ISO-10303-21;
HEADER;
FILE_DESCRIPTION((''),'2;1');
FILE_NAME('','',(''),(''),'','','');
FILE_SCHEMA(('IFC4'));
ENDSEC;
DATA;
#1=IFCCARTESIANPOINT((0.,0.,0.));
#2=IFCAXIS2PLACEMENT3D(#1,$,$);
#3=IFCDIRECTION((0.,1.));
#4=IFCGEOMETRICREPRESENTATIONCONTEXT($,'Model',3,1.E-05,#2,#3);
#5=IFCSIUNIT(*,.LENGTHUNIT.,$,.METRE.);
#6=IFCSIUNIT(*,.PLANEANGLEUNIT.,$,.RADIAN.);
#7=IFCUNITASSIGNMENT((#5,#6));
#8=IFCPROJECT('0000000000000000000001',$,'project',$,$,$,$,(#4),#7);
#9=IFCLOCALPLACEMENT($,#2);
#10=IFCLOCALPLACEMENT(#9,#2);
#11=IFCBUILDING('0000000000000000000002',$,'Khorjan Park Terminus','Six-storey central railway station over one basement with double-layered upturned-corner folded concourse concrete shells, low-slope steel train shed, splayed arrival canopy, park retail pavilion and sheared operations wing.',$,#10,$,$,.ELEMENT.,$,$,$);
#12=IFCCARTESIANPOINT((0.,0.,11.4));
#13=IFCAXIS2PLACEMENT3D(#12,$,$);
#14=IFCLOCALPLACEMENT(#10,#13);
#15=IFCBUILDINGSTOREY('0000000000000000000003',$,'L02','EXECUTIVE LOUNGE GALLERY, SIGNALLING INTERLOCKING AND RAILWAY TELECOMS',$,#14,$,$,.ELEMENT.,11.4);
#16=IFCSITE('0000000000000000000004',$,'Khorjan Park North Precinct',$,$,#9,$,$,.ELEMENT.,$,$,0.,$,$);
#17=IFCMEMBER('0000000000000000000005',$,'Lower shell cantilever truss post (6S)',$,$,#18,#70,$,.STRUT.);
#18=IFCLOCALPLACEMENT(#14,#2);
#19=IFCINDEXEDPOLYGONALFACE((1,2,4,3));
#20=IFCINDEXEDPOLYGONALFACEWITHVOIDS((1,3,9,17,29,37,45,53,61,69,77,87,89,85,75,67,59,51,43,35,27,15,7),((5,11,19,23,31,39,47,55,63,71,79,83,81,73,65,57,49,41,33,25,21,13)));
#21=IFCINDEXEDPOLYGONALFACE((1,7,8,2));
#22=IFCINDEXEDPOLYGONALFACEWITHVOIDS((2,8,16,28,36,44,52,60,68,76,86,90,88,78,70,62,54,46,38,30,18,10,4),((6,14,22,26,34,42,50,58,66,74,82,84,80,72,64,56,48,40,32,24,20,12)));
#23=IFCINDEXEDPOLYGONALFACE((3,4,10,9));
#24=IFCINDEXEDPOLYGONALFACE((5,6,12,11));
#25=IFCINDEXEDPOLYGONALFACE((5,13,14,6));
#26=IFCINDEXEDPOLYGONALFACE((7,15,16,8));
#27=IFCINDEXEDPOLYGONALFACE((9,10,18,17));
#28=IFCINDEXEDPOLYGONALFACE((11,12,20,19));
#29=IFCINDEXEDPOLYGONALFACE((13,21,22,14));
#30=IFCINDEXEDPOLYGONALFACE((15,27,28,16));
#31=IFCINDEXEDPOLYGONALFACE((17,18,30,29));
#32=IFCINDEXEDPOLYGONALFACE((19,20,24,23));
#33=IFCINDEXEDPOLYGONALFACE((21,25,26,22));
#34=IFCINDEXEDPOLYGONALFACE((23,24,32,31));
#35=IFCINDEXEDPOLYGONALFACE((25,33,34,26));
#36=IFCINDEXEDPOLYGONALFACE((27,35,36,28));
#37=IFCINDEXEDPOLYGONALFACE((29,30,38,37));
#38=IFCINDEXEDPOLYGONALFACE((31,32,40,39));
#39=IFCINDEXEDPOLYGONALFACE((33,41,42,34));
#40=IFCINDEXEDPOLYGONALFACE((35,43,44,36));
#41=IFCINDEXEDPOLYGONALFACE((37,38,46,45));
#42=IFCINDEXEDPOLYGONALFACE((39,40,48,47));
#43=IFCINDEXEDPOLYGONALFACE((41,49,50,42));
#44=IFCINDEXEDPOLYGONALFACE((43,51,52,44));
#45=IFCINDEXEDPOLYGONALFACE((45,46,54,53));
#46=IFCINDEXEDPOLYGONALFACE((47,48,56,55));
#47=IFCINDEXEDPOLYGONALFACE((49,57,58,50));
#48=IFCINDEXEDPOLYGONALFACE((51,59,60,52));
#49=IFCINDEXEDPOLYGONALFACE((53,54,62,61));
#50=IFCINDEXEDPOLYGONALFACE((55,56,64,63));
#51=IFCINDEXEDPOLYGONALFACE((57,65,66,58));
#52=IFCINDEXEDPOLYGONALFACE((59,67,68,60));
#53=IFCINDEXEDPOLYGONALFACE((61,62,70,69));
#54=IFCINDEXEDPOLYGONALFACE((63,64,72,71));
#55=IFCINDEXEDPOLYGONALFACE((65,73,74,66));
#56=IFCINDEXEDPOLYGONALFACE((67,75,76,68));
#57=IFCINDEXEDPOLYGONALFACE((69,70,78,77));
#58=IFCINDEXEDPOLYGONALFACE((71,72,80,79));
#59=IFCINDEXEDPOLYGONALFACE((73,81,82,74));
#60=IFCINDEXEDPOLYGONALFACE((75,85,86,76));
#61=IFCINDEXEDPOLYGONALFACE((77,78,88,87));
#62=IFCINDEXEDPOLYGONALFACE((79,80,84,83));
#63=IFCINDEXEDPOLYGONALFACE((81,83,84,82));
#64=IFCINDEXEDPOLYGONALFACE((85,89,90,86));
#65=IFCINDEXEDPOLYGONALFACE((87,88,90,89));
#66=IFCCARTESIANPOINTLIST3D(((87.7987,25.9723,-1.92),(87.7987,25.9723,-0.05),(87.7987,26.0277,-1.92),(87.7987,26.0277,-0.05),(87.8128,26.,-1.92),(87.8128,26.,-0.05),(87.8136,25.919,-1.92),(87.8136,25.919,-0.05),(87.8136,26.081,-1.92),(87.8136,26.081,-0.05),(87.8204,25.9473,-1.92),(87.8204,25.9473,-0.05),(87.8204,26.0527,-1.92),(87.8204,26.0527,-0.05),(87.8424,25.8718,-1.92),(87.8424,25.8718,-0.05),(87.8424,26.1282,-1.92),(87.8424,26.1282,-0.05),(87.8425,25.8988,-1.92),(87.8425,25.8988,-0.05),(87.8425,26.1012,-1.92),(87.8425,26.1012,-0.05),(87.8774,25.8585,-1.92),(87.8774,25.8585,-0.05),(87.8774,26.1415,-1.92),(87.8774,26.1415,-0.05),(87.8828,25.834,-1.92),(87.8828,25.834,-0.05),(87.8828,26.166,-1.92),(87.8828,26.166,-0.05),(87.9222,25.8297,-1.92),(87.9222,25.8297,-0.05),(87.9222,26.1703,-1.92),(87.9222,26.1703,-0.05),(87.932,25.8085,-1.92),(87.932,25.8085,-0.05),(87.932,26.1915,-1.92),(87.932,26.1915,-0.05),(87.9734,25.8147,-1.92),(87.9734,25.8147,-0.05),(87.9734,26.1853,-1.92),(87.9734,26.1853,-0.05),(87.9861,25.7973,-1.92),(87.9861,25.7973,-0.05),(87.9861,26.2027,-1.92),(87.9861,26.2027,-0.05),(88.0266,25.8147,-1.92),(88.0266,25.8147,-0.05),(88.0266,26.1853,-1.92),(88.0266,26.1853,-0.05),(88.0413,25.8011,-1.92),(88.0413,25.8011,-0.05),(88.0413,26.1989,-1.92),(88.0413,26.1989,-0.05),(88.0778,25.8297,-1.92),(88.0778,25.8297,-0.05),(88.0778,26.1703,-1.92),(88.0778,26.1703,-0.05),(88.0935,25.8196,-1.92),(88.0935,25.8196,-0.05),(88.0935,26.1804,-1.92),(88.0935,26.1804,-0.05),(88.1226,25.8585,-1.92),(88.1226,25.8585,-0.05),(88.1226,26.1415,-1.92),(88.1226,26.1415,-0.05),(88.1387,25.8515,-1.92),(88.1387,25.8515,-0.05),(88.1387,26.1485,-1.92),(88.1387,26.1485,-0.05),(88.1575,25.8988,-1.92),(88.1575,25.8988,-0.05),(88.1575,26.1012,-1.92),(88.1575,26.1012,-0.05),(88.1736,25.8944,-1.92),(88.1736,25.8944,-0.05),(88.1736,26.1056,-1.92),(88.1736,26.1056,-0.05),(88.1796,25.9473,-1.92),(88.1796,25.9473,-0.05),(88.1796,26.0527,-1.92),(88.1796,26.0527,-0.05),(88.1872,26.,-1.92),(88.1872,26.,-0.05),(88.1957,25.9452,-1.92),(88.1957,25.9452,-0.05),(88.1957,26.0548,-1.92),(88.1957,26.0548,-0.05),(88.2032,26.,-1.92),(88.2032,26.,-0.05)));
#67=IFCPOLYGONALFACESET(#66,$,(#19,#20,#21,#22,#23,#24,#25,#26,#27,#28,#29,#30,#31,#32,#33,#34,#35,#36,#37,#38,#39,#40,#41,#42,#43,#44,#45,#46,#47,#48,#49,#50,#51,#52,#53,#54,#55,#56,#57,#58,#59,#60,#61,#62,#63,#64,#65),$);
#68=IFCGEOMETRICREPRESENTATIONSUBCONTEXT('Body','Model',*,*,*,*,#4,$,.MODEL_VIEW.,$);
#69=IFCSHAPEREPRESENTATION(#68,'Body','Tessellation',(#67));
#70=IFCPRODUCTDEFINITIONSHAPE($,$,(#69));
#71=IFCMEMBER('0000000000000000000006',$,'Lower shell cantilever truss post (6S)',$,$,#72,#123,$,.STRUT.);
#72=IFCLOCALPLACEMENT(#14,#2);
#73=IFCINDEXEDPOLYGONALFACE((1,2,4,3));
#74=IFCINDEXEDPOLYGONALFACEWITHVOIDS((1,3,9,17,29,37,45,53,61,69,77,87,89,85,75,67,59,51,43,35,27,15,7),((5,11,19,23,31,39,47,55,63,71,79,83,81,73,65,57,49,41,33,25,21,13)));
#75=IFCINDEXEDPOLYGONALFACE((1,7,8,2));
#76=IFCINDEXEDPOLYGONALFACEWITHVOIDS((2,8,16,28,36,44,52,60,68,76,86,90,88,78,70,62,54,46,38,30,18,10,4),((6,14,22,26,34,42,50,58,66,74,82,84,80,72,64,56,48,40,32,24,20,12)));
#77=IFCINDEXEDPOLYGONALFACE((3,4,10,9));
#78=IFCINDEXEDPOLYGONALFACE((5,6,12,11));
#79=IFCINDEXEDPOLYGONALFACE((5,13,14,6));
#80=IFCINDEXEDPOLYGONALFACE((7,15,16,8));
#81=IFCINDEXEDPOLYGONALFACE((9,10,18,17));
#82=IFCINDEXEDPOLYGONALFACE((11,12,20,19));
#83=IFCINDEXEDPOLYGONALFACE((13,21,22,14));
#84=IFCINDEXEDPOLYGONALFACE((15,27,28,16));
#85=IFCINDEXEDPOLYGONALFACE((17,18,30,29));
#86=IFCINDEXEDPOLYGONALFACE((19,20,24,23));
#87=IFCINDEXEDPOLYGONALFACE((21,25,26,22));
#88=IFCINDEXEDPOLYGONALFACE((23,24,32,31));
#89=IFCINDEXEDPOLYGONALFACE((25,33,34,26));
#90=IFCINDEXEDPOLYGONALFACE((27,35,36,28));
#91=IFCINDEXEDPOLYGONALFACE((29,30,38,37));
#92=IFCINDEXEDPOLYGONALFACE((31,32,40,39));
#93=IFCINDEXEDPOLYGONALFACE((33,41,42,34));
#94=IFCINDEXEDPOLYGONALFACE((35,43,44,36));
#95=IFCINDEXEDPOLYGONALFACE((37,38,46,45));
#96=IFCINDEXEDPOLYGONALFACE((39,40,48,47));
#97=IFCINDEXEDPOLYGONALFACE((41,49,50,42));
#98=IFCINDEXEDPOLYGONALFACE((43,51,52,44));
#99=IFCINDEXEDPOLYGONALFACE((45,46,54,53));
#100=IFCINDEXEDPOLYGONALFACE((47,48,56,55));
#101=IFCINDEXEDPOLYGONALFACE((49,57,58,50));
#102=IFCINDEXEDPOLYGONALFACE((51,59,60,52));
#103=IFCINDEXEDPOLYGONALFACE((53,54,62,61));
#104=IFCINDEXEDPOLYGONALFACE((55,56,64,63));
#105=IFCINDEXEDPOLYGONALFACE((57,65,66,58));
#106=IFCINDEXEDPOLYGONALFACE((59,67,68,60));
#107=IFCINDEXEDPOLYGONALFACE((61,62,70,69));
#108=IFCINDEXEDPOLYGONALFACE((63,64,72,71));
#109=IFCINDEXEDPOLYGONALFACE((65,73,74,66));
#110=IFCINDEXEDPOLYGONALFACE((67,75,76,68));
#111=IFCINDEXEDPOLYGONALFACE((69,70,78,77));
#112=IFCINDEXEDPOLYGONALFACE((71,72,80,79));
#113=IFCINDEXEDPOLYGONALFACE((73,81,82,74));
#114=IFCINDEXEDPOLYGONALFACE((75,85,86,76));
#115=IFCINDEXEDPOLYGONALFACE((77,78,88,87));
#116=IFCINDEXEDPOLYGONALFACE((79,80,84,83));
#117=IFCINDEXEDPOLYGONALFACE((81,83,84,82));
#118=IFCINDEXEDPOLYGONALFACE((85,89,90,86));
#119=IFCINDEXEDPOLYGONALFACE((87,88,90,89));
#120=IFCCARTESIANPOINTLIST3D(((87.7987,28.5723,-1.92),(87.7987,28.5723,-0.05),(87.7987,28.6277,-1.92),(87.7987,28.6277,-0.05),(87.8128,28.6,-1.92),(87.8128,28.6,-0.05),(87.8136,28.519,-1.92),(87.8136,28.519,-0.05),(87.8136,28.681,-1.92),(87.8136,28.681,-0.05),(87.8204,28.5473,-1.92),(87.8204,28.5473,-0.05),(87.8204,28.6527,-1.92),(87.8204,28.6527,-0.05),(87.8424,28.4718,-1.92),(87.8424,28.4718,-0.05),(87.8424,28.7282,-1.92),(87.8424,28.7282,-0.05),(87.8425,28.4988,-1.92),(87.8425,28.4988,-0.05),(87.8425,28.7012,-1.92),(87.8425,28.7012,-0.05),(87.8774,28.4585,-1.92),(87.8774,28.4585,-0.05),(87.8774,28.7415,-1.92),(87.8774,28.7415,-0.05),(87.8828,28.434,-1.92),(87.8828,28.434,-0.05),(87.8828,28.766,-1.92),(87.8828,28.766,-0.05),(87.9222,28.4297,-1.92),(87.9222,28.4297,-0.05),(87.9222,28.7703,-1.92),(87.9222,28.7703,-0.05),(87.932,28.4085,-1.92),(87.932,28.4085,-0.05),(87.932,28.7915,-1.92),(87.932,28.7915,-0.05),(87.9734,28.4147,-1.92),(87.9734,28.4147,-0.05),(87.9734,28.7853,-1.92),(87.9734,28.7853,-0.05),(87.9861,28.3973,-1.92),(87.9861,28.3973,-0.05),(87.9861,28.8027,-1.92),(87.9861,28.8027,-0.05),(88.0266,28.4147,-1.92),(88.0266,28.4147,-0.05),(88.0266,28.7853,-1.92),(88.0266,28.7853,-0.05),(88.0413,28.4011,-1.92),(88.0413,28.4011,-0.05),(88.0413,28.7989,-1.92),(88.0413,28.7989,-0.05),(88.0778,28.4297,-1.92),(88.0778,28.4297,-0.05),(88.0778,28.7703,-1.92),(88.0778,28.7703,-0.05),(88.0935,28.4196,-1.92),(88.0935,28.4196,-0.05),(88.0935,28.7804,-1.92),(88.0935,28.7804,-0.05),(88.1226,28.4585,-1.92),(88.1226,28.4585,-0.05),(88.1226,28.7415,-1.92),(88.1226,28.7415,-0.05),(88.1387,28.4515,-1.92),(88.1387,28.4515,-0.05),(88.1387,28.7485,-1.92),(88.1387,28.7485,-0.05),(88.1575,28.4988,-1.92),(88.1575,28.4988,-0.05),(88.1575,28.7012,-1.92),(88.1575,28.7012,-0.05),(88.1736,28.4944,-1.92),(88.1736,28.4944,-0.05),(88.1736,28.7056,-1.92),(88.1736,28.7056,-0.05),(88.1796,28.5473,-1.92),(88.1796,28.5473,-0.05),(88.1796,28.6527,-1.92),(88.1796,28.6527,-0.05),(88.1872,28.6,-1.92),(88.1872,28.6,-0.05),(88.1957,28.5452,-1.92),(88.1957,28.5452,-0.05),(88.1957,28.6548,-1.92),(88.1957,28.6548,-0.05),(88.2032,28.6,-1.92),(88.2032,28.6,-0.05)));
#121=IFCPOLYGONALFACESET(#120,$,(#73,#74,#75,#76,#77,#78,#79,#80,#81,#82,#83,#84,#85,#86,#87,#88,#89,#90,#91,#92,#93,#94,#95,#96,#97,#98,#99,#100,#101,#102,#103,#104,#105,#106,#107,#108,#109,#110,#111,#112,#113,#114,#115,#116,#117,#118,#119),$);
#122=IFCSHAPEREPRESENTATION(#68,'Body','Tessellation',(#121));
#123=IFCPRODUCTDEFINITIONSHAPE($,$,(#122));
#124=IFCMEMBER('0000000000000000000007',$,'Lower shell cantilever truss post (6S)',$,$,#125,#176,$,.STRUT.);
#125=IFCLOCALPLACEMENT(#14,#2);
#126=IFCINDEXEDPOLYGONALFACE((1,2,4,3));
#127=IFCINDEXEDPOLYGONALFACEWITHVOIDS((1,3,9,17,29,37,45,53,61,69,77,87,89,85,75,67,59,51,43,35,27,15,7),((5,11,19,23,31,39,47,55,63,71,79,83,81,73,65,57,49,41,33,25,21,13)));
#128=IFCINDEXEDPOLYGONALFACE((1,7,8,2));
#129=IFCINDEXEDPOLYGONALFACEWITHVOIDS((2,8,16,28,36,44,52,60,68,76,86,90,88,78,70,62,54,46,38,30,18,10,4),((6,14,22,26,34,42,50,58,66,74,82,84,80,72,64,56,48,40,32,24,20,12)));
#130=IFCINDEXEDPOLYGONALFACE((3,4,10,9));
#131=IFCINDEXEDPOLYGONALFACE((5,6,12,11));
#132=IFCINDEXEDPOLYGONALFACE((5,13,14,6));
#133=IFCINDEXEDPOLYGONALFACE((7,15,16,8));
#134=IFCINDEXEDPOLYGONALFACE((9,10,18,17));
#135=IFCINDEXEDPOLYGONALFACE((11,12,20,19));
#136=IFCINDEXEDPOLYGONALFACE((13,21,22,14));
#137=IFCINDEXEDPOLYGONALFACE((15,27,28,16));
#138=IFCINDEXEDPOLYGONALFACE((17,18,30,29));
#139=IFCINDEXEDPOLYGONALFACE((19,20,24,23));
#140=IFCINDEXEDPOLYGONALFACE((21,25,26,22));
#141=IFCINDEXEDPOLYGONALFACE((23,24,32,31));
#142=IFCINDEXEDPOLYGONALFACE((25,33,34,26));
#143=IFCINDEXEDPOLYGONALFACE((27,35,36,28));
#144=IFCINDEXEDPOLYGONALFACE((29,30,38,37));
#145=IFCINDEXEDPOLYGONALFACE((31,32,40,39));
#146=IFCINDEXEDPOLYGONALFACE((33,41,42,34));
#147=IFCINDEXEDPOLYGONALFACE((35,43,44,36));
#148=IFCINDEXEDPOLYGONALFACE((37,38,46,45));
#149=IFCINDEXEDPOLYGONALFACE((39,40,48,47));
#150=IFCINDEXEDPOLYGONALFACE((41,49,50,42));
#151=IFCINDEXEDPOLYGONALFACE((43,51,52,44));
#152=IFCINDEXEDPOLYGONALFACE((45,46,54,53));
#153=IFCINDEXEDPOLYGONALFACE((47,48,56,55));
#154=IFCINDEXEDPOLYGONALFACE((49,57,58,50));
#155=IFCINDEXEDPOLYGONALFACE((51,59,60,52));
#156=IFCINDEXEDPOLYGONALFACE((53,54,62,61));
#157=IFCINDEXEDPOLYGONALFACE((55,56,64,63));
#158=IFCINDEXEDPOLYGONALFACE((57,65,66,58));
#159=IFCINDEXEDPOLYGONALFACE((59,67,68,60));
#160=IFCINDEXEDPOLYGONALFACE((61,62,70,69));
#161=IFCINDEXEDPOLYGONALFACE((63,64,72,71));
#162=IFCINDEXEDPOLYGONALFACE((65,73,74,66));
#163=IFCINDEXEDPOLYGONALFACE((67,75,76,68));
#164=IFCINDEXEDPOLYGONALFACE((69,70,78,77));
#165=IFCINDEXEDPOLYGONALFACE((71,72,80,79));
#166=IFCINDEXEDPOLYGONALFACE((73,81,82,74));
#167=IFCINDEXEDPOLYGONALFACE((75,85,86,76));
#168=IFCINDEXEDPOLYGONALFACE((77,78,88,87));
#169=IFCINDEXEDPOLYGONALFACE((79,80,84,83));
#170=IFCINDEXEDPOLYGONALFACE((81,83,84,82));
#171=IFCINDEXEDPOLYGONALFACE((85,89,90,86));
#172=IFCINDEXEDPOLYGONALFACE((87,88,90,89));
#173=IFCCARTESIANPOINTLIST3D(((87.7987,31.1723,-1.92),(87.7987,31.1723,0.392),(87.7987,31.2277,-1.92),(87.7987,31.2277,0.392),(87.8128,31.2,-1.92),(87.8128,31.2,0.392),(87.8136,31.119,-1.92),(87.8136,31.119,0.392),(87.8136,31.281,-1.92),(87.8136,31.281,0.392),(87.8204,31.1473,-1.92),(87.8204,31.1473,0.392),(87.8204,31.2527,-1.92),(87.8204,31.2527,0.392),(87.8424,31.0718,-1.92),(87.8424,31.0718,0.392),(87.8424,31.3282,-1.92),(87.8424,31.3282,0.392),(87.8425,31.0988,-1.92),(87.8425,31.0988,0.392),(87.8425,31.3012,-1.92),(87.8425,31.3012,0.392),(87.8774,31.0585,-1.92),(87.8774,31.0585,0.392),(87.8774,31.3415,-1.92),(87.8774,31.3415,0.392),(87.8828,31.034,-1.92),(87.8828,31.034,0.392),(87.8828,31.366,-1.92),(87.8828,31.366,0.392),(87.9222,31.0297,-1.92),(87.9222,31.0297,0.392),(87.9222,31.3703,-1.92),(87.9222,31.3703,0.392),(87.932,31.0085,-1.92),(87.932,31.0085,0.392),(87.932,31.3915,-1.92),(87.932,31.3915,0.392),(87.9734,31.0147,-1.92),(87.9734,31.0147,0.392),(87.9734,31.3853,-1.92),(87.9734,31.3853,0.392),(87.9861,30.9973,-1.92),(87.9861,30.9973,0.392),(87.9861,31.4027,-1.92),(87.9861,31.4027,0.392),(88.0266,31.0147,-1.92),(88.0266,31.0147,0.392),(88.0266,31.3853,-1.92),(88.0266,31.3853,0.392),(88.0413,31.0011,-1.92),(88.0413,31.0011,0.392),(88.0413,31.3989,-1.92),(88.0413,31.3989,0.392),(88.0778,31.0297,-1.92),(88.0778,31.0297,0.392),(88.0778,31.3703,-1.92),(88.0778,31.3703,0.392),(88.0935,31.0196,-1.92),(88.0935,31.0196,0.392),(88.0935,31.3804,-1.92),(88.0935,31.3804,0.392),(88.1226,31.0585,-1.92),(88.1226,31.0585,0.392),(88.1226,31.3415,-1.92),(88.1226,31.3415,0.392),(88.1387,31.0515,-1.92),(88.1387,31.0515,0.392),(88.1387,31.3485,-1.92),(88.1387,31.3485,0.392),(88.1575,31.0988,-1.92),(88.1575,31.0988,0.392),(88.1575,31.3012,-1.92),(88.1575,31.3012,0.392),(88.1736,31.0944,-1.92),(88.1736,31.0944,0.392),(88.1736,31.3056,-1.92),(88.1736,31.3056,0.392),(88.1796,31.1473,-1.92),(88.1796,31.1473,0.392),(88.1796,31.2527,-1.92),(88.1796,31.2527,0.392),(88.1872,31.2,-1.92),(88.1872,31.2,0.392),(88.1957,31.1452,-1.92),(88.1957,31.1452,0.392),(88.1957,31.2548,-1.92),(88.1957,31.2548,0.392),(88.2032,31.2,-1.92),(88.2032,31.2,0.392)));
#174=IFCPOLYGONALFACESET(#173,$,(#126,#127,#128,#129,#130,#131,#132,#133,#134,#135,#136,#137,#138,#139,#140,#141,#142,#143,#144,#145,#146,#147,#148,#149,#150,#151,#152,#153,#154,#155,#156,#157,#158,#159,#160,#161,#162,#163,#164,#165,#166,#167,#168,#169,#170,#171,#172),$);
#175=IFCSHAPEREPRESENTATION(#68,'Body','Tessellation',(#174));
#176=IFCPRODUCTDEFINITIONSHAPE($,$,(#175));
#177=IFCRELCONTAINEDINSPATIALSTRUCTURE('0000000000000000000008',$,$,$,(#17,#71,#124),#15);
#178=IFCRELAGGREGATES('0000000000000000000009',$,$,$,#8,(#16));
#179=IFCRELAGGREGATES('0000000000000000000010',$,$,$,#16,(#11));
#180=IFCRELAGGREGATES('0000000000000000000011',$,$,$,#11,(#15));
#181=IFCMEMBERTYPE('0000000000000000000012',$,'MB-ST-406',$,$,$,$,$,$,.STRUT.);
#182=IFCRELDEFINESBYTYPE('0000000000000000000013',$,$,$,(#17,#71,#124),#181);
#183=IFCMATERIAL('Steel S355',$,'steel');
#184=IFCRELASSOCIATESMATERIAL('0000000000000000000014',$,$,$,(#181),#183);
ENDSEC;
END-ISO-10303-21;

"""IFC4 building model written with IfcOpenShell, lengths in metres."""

from ifc_helpers import new_model, si_unit, direction, frame, origin, origin_2d, place, context, subcontext, project, spatial, hollow_circle, extrude, material, material_profile, profile_set, type_object, element, save


model = new_model("IFC4")

# Units and contexts
model_context = context("Model", 3, precision=1e-05, world=origin(), true_north=direction((0.0, 1.0)))
body_context = subcontext(model_context, "Body", "Model", "MODEL_VIEW")
ifc_project = project(units=[si_unit("LENGTHUNIT", "METRE"), si_unit("PLANEANGLEUNIT", "RADIAN")], contexts=[model_context])

# Site, building, storey
site_placement = place(None, origin())
site = spatial("IfcSite", under=ifc_project, at=site_placement, Name="Khorjan Park North Precinct", CompositionType="ELEMENT", RefElevation=0.0)
building_placement = place(site_placement, origin())
building = spatial("IfcBuilding", under=site, at=building_placement, Name="Khorjan Park Terminus", Description="Six-storey central railway station over one basement with double-layered upturned-corner folded concourse concrete shells, low-slope steel train shed, splayed arrival canopy, park retail pavilion and sheared operations wing.", CompositionType="ELEMENT")
storey_placement = place(building_placement, frame((0.0, 0.0, 11.4)))
storey = spatial("IfcBuildingStorey", under=building, at=storey_placement, Name="L02", Description="EXECUTIVE LOUNGE GALLERY, SIGNALLING INTERLOCKING AND RAILWAY TELECOMS", CompositionType="ELEMENT", Elevation=11.4)

# Members
ifc_material_1 = material(Name="Steel S355", Category="steel")
ifc_material_profile_1 = material_profile(ifc_material_1, hollow_circle(Radius=0.2032, WallThickness=0.016, at=origin_2d()), Name="CHS 406.4x16")
ifc_profile_set_1 = profile_set([ifc_material_profile_1], Name="Steel S355")
member_type_1 = type_object("IfcMemberType", Name="MB-ST-406", PredefinedType="STRUT", material=ifc_profile_set_1)
for number, where, z_axis, x_axis, name in (
    (1, (88.0, 26.0, -1.92), (0.0, 0.0, 1.0), (1.0, 0.0, 0.0), "Lower shell cantilever truss post (6S)"),
    (2, (88.0, 28.6, -1.92), (0.0, 0.0, 1.0), (1.0, 0.0, 0.0), "Lower shell cantilever truss post (6S)"),
):
    element("IfcMember", number, at=place(storey_placement, frame(where, z_axis=z_axis, x_axis=x_axis)), inside=storey, type_object=member_type_1, Name=name, PredefinedType="STRUT", context=body_context, shape_type="SweptSolid", body=[
        extrude(hollow_circle(Radius=0.2032, WallThickness=0.016, at=origin_2d()), origin(), (0.0, 0.0, 1.0), 1.87),
    ])
member_1_placement = place(storey_placement, frame((88.0, 31.2, -1.92), z_axis=(0.0, 0.0, 1.0), x_axis=(1.0, 0.0, 0.0)))
element("IfcMember", 3, at=member_1_placement, inside=storey, type_object=member_type_1, Name="Lower shell cantilever truss post (6S)", PredefinedType="STRUT", context=body_context, shape_type="SweptSolid", body=[
    extrude(hollow_circle(Radius=0.2032, WallThickness=0.016, at=origin_2d()), origin(), (0.0, 0.0, 1.0), 2.312),
])

save(model, "model.ifc")
